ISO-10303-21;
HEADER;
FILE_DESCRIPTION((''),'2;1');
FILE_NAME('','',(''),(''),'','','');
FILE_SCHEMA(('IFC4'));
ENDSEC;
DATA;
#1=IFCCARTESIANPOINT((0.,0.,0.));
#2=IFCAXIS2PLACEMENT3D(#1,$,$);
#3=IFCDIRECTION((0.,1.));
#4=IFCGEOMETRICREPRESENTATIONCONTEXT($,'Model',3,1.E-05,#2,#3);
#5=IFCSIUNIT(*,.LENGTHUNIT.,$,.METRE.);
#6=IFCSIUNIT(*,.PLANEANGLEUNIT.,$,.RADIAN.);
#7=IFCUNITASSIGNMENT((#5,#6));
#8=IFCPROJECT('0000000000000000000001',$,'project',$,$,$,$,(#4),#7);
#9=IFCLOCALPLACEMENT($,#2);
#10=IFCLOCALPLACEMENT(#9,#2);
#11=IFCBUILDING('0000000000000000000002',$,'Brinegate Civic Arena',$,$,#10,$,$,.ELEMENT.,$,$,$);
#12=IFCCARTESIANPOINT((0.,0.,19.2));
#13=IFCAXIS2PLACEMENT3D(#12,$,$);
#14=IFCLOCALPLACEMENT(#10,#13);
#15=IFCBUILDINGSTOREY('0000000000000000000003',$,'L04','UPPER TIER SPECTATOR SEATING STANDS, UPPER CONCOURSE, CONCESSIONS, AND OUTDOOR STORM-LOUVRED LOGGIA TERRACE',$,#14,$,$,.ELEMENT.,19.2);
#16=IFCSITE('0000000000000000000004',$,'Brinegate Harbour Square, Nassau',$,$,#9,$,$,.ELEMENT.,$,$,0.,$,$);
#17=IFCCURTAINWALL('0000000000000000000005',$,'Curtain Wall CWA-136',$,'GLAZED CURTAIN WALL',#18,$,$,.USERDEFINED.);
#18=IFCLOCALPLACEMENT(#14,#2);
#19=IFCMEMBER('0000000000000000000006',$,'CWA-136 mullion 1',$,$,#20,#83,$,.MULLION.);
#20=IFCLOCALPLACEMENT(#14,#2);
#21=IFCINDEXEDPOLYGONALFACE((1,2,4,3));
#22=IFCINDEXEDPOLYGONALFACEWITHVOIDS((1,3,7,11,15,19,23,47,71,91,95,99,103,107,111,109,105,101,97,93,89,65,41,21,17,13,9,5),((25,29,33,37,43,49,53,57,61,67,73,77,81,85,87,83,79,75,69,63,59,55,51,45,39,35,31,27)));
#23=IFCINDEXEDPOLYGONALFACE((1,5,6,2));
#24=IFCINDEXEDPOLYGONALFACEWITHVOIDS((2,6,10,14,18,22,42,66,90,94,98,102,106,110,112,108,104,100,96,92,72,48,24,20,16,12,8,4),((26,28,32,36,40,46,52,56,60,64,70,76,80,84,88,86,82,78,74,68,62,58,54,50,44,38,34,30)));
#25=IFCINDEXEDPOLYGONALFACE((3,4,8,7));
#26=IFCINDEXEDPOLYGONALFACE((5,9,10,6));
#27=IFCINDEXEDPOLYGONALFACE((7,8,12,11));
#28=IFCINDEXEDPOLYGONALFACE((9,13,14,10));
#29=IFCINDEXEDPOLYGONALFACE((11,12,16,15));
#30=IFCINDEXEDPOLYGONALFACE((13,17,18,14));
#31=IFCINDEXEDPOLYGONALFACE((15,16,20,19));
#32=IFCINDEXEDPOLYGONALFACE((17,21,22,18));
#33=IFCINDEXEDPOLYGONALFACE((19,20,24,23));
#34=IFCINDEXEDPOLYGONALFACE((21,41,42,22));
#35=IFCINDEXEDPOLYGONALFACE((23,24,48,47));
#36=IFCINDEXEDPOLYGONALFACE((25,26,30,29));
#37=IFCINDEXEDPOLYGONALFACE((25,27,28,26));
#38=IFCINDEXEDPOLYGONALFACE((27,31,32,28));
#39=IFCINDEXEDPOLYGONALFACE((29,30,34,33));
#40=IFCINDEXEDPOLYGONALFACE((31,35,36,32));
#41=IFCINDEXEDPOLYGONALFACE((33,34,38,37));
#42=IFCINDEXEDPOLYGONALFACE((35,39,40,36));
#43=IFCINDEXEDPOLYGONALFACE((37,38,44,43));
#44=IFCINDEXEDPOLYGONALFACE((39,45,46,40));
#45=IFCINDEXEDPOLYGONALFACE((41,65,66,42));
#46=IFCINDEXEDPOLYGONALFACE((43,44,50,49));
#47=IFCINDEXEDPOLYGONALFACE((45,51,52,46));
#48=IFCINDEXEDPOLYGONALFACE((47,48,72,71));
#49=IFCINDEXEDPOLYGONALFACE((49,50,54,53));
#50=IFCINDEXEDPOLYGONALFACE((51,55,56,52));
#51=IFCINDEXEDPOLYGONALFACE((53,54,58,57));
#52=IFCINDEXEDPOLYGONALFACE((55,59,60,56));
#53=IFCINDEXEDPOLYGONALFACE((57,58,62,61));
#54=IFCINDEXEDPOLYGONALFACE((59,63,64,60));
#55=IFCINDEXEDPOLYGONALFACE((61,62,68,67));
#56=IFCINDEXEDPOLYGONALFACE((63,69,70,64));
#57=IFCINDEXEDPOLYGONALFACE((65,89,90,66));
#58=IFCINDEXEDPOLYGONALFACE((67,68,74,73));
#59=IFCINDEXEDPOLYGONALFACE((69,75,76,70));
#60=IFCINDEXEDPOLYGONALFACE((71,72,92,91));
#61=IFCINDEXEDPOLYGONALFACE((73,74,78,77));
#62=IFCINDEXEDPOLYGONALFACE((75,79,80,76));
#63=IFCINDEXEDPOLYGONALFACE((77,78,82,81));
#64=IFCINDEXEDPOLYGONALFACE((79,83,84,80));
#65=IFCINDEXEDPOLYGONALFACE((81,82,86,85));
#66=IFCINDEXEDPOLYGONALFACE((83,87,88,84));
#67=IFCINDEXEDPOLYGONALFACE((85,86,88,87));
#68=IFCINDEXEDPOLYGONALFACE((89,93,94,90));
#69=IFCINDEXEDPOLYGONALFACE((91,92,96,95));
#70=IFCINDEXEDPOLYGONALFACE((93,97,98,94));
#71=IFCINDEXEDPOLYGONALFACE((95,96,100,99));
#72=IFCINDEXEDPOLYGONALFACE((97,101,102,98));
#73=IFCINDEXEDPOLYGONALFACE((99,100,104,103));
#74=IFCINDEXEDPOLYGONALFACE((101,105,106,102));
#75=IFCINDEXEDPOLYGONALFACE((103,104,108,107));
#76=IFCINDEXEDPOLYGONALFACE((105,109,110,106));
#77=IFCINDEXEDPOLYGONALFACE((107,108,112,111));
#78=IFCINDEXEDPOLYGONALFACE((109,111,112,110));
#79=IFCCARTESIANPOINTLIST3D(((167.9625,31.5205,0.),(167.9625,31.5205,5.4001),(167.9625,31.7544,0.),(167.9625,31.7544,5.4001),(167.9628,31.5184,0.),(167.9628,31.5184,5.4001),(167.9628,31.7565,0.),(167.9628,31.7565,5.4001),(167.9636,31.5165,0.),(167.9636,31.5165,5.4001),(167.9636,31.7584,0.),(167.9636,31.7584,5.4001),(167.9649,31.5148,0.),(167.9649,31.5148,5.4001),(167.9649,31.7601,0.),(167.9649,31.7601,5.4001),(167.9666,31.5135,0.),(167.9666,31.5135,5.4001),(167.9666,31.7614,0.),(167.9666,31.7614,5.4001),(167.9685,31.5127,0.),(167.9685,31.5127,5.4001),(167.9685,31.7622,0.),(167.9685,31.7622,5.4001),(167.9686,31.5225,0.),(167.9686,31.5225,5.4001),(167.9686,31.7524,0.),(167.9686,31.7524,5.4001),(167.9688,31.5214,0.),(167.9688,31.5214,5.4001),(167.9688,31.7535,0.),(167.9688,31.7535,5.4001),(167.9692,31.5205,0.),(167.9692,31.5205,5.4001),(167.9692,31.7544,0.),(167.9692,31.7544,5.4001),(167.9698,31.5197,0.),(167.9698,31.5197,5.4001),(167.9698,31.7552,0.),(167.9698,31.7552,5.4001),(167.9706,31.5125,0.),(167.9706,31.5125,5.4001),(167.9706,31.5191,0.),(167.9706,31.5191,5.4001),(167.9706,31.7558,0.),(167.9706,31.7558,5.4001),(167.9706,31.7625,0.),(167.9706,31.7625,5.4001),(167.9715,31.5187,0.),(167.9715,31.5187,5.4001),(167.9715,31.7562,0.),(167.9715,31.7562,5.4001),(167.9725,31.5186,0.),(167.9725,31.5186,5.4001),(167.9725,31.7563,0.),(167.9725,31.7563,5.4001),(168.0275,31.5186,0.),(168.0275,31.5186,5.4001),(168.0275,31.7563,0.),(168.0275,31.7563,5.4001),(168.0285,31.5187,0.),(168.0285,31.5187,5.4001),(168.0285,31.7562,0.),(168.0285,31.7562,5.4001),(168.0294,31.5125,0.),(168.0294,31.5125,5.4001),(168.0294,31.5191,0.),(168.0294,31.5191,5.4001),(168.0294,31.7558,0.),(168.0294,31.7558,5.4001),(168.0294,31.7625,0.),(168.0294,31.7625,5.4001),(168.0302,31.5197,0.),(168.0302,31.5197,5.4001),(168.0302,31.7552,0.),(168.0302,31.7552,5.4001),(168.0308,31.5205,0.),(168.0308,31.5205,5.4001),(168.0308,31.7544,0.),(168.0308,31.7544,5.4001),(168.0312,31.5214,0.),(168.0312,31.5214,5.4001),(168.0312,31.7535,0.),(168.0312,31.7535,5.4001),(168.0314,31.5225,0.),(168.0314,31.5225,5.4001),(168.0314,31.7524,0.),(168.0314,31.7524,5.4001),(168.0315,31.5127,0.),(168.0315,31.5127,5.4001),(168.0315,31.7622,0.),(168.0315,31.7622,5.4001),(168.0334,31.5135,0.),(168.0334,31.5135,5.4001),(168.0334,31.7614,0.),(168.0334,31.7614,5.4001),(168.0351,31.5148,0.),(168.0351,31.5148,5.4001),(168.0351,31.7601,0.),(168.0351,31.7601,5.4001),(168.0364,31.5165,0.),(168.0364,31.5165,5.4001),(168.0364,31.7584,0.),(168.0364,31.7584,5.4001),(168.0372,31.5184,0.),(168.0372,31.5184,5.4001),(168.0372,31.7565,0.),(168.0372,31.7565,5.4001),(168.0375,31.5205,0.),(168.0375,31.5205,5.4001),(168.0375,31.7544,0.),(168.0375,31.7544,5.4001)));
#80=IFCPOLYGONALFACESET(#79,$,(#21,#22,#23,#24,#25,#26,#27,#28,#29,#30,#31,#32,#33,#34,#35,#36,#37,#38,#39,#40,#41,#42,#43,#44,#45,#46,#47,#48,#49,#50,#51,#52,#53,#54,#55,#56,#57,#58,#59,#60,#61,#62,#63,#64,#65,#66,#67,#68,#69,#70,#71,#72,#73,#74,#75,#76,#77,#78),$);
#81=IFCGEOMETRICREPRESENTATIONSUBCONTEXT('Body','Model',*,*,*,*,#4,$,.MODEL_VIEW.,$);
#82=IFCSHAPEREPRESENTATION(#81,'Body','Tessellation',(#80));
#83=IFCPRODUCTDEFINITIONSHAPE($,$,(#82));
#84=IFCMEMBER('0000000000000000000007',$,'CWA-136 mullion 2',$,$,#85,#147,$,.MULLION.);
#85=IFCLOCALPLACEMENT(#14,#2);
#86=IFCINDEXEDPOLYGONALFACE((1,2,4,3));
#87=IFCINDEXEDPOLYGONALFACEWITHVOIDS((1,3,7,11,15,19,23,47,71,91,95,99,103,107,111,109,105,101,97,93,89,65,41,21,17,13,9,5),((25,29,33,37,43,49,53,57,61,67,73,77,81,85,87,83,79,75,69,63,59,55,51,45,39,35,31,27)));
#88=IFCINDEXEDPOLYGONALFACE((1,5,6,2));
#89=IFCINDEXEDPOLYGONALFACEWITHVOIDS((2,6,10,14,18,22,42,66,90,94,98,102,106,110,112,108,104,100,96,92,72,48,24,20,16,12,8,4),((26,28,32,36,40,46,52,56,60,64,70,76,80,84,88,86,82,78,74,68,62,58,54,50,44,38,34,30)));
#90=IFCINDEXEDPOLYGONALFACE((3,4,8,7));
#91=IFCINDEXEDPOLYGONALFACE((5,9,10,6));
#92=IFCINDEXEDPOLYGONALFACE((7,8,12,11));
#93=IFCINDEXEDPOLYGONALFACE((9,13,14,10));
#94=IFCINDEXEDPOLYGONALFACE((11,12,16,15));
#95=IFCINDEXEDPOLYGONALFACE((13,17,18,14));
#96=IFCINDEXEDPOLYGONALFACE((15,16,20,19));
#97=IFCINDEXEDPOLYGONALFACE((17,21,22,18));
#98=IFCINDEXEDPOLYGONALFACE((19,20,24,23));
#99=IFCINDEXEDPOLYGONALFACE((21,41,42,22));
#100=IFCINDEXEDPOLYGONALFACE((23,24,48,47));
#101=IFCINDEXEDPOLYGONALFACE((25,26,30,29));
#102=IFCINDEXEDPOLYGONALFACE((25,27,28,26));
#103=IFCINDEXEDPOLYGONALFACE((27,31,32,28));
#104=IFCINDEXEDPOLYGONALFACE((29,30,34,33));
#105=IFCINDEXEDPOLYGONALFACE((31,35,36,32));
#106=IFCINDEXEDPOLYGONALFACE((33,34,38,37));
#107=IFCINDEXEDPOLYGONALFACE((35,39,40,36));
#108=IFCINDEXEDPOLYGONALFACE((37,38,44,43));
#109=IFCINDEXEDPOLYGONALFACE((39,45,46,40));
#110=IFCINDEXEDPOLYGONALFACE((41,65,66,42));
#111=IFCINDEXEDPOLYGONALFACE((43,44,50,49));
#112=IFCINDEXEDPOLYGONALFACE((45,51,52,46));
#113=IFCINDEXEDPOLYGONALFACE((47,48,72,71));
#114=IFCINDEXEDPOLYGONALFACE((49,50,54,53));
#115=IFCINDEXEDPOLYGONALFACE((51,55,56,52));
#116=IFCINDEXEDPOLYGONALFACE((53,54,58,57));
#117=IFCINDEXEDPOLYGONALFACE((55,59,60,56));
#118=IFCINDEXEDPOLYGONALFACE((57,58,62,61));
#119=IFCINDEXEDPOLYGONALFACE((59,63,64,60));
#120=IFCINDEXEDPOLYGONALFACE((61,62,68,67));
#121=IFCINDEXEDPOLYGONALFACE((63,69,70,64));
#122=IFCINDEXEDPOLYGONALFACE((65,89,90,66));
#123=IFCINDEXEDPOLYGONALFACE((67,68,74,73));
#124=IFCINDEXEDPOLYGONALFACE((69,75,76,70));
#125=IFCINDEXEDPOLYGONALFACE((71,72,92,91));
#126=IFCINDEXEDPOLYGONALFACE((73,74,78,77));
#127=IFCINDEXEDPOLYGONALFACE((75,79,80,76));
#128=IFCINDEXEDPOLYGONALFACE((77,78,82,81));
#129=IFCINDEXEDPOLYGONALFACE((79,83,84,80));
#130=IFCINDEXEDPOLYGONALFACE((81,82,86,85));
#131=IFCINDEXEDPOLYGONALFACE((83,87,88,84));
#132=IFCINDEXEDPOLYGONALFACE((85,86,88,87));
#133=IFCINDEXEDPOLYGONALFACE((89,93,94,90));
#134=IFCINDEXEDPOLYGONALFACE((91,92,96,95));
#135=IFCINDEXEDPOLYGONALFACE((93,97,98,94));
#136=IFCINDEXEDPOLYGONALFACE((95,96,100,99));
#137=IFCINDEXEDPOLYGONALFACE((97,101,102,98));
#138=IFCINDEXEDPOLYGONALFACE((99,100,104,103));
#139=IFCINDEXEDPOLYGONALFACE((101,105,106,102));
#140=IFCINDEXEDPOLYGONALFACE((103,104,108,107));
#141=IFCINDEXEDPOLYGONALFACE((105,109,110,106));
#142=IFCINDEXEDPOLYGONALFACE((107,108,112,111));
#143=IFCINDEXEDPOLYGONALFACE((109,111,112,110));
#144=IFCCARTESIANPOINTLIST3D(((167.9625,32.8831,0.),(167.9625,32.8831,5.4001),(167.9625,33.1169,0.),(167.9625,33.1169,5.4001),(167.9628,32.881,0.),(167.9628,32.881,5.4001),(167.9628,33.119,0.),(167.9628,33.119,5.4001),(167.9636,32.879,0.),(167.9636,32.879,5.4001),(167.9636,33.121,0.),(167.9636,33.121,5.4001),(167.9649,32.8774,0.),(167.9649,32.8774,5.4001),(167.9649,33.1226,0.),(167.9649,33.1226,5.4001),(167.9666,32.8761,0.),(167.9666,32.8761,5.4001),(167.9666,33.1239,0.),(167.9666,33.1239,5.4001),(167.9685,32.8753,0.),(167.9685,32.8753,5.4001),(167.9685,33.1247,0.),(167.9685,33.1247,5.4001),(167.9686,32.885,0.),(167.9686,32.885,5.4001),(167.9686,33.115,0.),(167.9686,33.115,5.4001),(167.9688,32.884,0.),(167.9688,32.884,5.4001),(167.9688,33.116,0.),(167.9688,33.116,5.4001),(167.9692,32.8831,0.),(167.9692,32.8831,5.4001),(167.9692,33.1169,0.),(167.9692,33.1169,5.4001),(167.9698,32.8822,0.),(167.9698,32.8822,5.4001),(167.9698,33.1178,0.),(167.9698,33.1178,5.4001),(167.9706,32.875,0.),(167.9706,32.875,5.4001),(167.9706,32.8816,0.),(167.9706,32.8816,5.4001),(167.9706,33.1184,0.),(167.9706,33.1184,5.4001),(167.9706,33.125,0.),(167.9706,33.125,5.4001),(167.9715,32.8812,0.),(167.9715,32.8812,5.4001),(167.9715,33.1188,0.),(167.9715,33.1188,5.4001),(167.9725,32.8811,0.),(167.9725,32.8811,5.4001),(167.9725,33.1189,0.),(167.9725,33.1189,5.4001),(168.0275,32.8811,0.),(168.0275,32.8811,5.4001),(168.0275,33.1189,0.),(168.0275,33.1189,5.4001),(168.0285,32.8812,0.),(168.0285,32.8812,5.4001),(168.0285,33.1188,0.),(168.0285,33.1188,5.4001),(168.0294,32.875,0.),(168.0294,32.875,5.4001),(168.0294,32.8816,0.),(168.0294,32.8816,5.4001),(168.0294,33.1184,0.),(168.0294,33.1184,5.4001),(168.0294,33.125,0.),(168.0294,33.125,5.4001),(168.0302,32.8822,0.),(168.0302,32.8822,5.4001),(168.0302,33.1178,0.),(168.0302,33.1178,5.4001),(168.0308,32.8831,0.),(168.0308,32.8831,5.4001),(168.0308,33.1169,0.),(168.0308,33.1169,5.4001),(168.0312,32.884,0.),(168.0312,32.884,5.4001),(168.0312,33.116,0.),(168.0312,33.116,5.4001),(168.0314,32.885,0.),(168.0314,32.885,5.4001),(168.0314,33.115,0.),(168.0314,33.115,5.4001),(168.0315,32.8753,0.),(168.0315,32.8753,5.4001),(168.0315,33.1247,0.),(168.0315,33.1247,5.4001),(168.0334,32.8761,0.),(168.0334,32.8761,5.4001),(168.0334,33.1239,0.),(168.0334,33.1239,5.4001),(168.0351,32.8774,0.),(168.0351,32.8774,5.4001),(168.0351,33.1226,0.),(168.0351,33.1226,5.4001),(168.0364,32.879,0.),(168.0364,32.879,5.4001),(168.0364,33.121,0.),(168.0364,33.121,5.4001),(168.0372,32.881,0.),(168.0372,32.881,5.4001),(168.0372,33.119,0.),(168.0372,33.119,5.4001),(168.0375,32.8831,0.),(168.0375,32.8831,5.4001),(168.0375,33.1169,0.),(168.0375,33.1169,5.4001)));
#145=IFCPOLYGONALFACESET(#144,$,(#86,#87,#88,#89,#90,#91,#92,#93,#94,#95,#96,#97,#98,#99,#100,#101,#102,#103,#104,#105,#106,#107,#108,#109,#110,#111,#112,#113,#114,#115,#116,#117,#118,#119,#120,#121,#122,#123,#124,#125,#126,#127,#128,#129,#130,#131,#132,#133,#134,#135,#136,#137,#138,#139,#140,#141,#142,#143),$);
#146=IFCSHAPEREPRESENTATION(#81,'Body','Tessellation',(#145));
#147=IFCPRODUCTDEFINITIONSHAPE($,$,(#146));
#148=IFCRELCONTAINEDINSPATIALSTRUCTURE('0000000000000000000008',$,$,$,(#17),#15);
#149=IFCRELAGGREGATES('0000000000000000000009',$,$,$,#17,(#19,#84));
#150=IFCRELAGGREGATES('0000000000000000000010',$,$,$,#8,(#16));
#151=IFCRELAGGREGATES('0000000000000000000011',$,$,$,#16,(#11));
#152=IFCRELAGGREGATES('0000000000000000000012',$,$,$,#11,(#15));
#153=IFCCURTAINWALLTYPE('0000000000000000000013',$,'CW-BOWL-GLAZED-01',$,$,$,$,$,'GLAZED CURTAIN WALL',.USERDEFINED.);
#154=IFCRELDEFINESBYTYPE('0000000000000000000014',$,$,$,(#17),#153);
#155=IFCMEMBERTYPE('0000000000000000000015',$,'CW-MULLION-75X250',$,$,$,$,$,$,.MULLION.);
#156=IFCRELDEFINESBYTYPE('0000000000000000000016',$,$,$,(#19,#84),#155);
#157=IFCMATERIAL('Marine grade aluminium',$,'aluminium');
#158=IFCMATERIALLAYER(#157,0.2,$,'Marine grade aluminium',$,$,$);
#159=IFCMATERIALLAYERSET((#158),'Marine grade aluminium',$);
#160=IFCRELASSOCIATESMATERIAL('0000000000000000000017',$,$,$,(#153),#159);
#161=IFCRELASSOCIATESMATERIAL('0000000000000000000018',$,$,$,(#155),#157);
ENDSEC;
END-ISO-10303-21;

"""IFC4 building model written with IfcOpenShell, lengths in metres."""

from ifc_helpers import new_model, si_unit, direction, frame, origin, origin_2d, place, context, subcontext, project, spatial, hollow_rectangle, extrude, material, layer, layer_set, material_profile, profile_set, type_object, element, aggregate, save


model = new_model("IFC4")

# Units and contexts
model_context = context("Model", 3, precision=1e-05, world=origin(), true_north=direction((0.0, 1.0)))
body_context = subcontext(model_context, "Body", "Model", "MODEL_VIEW")
ifc_project = project(units=[si_unit("LENGTHUNIT", "METRE"), si_unit("PLANEANGLEUNIT", "RADIAN")], contexts=[model_context])

# Site, building, storey
site_placement = place(None, origin())
site = spatial("IfcSite", under=ifc_project, at=site_placement, Name="Brinegate Harbour Square, Nassau", CompositionType="ELEMENT", RefElevation=0.0)
building_placement = place(site_placement, origin())
building = spatial("IfcBuilding", under=site, at=building_placement, Name="Brinegate Civic Arena", CompositionType="ELEMENT")
storey_placement = place(building_placement, frame((0.0, 0.0, 19.2)))
storey = spatial("IfcBuildingStorey", under=building, at=storey_placement, Name="L04", Description="UPPER TIER SPECTATOR SEATING STANDS, UPPER CONCOURSE, CONCESSIONS, AND OUTDOOR STORM-LOUVRED LOGGIA TERRACE", CompositionType="ELEMENT", Elevation=19.2)

# Curtain wall, members
ifc_material_1 = material(Name="Marine grade aluminium", Category="aluminium")
ifc_layer_1 = layer(ifc_material_1, 0.2, Name="Marine grade aluminium")
ifc_layer_set_1 = layer_set([ifc_layer_1], Name="Marine grade aluminium")
curtain_wall_type = type_object("IfcCurtainWallType", Name="CW-BOWL-GLAZED-01", ElementType="GLAZED CURTAIN WALL", PredefinedType="USERDEFINED", material=ifc_layer_set_1)
curtain_wall_placement = place(storey_placement, origin())
curtain_wall = element("IfcCurtainWall", 1, at=curtain_wall_placement, inside=storey, type_object=curtain_wall_type, Name="Curtain Wall CWA-136", ObjectType="GLAZED CURTAIN WALL", PredefinedType="USERDEFINED")
ifc_material_profile_1 = material_profile(ifc_material_1, hollow_rectangle(XDim=0.075, YDim=0.25, WallThickness=0.0061, InnerFilletRadius=0.0039, OuterFilletRadius=0.0081, at=origin_2d()), Name="MUL75X250")
ifc_profile_set_1 = profile_set([ifc_material_profile_1], Name="Marine grade aluminium")
member_type_1 = type_object("IfcMemberType", Name="CW-MULLION-75X250", PredefinedType="MULLION", material=ifc_profile_set_1)
member_1_placement = place(storey_placement, frame((168.0, 31.6375, 0.0), z_axis=(0.0, 0.0, 1.0), x_axis=(-1.0, 0.0, 0.0)))
member_1 = element("IfcMember", 2, at=member_1_placement, type_object=member_type_1, Name="CWA-136 mullion 1", PredefinedType="MULLION", context=body_context, shape_type="SweptSolid", body=[
    extrude(hollow_rectangle(XDim=0.075, YDim=0.25, WallThickness=0.0061, InnerFilletRadius=0.0039, OuterFilletRadius=0.0081, at=origin_2d()), origin(), (0.0, 0.0, 1.0), 5.4001),
])
member_2_placement = place(storey_placement, frame((168.0, 33.0, 0.0), z_axis=(0.0, 0.0, 1.0), x_axis=(-1.0, 0.0, 0.0)))
member_2 = element("IfcMember", 3, at=member_2_placement, type_object=member_type_1, Name="CWA-136 mullion 2", PredefinedType="MULLION", context=body_context, shape_type="SweptSolid", body=[
    extrude(hollow_rectangle(XDim=0.075, YDim=0.25, WallThickness=0.0061, InnerFilletRadius=0.0039, OuterFilletRadius=0.0081, at=origin_2d()), origin(), (0.0, 0.0, 1.0), 5.4001),
])
aggregate(curtain_wall, [member_1, member_2])

save(model, "model.ifc")
